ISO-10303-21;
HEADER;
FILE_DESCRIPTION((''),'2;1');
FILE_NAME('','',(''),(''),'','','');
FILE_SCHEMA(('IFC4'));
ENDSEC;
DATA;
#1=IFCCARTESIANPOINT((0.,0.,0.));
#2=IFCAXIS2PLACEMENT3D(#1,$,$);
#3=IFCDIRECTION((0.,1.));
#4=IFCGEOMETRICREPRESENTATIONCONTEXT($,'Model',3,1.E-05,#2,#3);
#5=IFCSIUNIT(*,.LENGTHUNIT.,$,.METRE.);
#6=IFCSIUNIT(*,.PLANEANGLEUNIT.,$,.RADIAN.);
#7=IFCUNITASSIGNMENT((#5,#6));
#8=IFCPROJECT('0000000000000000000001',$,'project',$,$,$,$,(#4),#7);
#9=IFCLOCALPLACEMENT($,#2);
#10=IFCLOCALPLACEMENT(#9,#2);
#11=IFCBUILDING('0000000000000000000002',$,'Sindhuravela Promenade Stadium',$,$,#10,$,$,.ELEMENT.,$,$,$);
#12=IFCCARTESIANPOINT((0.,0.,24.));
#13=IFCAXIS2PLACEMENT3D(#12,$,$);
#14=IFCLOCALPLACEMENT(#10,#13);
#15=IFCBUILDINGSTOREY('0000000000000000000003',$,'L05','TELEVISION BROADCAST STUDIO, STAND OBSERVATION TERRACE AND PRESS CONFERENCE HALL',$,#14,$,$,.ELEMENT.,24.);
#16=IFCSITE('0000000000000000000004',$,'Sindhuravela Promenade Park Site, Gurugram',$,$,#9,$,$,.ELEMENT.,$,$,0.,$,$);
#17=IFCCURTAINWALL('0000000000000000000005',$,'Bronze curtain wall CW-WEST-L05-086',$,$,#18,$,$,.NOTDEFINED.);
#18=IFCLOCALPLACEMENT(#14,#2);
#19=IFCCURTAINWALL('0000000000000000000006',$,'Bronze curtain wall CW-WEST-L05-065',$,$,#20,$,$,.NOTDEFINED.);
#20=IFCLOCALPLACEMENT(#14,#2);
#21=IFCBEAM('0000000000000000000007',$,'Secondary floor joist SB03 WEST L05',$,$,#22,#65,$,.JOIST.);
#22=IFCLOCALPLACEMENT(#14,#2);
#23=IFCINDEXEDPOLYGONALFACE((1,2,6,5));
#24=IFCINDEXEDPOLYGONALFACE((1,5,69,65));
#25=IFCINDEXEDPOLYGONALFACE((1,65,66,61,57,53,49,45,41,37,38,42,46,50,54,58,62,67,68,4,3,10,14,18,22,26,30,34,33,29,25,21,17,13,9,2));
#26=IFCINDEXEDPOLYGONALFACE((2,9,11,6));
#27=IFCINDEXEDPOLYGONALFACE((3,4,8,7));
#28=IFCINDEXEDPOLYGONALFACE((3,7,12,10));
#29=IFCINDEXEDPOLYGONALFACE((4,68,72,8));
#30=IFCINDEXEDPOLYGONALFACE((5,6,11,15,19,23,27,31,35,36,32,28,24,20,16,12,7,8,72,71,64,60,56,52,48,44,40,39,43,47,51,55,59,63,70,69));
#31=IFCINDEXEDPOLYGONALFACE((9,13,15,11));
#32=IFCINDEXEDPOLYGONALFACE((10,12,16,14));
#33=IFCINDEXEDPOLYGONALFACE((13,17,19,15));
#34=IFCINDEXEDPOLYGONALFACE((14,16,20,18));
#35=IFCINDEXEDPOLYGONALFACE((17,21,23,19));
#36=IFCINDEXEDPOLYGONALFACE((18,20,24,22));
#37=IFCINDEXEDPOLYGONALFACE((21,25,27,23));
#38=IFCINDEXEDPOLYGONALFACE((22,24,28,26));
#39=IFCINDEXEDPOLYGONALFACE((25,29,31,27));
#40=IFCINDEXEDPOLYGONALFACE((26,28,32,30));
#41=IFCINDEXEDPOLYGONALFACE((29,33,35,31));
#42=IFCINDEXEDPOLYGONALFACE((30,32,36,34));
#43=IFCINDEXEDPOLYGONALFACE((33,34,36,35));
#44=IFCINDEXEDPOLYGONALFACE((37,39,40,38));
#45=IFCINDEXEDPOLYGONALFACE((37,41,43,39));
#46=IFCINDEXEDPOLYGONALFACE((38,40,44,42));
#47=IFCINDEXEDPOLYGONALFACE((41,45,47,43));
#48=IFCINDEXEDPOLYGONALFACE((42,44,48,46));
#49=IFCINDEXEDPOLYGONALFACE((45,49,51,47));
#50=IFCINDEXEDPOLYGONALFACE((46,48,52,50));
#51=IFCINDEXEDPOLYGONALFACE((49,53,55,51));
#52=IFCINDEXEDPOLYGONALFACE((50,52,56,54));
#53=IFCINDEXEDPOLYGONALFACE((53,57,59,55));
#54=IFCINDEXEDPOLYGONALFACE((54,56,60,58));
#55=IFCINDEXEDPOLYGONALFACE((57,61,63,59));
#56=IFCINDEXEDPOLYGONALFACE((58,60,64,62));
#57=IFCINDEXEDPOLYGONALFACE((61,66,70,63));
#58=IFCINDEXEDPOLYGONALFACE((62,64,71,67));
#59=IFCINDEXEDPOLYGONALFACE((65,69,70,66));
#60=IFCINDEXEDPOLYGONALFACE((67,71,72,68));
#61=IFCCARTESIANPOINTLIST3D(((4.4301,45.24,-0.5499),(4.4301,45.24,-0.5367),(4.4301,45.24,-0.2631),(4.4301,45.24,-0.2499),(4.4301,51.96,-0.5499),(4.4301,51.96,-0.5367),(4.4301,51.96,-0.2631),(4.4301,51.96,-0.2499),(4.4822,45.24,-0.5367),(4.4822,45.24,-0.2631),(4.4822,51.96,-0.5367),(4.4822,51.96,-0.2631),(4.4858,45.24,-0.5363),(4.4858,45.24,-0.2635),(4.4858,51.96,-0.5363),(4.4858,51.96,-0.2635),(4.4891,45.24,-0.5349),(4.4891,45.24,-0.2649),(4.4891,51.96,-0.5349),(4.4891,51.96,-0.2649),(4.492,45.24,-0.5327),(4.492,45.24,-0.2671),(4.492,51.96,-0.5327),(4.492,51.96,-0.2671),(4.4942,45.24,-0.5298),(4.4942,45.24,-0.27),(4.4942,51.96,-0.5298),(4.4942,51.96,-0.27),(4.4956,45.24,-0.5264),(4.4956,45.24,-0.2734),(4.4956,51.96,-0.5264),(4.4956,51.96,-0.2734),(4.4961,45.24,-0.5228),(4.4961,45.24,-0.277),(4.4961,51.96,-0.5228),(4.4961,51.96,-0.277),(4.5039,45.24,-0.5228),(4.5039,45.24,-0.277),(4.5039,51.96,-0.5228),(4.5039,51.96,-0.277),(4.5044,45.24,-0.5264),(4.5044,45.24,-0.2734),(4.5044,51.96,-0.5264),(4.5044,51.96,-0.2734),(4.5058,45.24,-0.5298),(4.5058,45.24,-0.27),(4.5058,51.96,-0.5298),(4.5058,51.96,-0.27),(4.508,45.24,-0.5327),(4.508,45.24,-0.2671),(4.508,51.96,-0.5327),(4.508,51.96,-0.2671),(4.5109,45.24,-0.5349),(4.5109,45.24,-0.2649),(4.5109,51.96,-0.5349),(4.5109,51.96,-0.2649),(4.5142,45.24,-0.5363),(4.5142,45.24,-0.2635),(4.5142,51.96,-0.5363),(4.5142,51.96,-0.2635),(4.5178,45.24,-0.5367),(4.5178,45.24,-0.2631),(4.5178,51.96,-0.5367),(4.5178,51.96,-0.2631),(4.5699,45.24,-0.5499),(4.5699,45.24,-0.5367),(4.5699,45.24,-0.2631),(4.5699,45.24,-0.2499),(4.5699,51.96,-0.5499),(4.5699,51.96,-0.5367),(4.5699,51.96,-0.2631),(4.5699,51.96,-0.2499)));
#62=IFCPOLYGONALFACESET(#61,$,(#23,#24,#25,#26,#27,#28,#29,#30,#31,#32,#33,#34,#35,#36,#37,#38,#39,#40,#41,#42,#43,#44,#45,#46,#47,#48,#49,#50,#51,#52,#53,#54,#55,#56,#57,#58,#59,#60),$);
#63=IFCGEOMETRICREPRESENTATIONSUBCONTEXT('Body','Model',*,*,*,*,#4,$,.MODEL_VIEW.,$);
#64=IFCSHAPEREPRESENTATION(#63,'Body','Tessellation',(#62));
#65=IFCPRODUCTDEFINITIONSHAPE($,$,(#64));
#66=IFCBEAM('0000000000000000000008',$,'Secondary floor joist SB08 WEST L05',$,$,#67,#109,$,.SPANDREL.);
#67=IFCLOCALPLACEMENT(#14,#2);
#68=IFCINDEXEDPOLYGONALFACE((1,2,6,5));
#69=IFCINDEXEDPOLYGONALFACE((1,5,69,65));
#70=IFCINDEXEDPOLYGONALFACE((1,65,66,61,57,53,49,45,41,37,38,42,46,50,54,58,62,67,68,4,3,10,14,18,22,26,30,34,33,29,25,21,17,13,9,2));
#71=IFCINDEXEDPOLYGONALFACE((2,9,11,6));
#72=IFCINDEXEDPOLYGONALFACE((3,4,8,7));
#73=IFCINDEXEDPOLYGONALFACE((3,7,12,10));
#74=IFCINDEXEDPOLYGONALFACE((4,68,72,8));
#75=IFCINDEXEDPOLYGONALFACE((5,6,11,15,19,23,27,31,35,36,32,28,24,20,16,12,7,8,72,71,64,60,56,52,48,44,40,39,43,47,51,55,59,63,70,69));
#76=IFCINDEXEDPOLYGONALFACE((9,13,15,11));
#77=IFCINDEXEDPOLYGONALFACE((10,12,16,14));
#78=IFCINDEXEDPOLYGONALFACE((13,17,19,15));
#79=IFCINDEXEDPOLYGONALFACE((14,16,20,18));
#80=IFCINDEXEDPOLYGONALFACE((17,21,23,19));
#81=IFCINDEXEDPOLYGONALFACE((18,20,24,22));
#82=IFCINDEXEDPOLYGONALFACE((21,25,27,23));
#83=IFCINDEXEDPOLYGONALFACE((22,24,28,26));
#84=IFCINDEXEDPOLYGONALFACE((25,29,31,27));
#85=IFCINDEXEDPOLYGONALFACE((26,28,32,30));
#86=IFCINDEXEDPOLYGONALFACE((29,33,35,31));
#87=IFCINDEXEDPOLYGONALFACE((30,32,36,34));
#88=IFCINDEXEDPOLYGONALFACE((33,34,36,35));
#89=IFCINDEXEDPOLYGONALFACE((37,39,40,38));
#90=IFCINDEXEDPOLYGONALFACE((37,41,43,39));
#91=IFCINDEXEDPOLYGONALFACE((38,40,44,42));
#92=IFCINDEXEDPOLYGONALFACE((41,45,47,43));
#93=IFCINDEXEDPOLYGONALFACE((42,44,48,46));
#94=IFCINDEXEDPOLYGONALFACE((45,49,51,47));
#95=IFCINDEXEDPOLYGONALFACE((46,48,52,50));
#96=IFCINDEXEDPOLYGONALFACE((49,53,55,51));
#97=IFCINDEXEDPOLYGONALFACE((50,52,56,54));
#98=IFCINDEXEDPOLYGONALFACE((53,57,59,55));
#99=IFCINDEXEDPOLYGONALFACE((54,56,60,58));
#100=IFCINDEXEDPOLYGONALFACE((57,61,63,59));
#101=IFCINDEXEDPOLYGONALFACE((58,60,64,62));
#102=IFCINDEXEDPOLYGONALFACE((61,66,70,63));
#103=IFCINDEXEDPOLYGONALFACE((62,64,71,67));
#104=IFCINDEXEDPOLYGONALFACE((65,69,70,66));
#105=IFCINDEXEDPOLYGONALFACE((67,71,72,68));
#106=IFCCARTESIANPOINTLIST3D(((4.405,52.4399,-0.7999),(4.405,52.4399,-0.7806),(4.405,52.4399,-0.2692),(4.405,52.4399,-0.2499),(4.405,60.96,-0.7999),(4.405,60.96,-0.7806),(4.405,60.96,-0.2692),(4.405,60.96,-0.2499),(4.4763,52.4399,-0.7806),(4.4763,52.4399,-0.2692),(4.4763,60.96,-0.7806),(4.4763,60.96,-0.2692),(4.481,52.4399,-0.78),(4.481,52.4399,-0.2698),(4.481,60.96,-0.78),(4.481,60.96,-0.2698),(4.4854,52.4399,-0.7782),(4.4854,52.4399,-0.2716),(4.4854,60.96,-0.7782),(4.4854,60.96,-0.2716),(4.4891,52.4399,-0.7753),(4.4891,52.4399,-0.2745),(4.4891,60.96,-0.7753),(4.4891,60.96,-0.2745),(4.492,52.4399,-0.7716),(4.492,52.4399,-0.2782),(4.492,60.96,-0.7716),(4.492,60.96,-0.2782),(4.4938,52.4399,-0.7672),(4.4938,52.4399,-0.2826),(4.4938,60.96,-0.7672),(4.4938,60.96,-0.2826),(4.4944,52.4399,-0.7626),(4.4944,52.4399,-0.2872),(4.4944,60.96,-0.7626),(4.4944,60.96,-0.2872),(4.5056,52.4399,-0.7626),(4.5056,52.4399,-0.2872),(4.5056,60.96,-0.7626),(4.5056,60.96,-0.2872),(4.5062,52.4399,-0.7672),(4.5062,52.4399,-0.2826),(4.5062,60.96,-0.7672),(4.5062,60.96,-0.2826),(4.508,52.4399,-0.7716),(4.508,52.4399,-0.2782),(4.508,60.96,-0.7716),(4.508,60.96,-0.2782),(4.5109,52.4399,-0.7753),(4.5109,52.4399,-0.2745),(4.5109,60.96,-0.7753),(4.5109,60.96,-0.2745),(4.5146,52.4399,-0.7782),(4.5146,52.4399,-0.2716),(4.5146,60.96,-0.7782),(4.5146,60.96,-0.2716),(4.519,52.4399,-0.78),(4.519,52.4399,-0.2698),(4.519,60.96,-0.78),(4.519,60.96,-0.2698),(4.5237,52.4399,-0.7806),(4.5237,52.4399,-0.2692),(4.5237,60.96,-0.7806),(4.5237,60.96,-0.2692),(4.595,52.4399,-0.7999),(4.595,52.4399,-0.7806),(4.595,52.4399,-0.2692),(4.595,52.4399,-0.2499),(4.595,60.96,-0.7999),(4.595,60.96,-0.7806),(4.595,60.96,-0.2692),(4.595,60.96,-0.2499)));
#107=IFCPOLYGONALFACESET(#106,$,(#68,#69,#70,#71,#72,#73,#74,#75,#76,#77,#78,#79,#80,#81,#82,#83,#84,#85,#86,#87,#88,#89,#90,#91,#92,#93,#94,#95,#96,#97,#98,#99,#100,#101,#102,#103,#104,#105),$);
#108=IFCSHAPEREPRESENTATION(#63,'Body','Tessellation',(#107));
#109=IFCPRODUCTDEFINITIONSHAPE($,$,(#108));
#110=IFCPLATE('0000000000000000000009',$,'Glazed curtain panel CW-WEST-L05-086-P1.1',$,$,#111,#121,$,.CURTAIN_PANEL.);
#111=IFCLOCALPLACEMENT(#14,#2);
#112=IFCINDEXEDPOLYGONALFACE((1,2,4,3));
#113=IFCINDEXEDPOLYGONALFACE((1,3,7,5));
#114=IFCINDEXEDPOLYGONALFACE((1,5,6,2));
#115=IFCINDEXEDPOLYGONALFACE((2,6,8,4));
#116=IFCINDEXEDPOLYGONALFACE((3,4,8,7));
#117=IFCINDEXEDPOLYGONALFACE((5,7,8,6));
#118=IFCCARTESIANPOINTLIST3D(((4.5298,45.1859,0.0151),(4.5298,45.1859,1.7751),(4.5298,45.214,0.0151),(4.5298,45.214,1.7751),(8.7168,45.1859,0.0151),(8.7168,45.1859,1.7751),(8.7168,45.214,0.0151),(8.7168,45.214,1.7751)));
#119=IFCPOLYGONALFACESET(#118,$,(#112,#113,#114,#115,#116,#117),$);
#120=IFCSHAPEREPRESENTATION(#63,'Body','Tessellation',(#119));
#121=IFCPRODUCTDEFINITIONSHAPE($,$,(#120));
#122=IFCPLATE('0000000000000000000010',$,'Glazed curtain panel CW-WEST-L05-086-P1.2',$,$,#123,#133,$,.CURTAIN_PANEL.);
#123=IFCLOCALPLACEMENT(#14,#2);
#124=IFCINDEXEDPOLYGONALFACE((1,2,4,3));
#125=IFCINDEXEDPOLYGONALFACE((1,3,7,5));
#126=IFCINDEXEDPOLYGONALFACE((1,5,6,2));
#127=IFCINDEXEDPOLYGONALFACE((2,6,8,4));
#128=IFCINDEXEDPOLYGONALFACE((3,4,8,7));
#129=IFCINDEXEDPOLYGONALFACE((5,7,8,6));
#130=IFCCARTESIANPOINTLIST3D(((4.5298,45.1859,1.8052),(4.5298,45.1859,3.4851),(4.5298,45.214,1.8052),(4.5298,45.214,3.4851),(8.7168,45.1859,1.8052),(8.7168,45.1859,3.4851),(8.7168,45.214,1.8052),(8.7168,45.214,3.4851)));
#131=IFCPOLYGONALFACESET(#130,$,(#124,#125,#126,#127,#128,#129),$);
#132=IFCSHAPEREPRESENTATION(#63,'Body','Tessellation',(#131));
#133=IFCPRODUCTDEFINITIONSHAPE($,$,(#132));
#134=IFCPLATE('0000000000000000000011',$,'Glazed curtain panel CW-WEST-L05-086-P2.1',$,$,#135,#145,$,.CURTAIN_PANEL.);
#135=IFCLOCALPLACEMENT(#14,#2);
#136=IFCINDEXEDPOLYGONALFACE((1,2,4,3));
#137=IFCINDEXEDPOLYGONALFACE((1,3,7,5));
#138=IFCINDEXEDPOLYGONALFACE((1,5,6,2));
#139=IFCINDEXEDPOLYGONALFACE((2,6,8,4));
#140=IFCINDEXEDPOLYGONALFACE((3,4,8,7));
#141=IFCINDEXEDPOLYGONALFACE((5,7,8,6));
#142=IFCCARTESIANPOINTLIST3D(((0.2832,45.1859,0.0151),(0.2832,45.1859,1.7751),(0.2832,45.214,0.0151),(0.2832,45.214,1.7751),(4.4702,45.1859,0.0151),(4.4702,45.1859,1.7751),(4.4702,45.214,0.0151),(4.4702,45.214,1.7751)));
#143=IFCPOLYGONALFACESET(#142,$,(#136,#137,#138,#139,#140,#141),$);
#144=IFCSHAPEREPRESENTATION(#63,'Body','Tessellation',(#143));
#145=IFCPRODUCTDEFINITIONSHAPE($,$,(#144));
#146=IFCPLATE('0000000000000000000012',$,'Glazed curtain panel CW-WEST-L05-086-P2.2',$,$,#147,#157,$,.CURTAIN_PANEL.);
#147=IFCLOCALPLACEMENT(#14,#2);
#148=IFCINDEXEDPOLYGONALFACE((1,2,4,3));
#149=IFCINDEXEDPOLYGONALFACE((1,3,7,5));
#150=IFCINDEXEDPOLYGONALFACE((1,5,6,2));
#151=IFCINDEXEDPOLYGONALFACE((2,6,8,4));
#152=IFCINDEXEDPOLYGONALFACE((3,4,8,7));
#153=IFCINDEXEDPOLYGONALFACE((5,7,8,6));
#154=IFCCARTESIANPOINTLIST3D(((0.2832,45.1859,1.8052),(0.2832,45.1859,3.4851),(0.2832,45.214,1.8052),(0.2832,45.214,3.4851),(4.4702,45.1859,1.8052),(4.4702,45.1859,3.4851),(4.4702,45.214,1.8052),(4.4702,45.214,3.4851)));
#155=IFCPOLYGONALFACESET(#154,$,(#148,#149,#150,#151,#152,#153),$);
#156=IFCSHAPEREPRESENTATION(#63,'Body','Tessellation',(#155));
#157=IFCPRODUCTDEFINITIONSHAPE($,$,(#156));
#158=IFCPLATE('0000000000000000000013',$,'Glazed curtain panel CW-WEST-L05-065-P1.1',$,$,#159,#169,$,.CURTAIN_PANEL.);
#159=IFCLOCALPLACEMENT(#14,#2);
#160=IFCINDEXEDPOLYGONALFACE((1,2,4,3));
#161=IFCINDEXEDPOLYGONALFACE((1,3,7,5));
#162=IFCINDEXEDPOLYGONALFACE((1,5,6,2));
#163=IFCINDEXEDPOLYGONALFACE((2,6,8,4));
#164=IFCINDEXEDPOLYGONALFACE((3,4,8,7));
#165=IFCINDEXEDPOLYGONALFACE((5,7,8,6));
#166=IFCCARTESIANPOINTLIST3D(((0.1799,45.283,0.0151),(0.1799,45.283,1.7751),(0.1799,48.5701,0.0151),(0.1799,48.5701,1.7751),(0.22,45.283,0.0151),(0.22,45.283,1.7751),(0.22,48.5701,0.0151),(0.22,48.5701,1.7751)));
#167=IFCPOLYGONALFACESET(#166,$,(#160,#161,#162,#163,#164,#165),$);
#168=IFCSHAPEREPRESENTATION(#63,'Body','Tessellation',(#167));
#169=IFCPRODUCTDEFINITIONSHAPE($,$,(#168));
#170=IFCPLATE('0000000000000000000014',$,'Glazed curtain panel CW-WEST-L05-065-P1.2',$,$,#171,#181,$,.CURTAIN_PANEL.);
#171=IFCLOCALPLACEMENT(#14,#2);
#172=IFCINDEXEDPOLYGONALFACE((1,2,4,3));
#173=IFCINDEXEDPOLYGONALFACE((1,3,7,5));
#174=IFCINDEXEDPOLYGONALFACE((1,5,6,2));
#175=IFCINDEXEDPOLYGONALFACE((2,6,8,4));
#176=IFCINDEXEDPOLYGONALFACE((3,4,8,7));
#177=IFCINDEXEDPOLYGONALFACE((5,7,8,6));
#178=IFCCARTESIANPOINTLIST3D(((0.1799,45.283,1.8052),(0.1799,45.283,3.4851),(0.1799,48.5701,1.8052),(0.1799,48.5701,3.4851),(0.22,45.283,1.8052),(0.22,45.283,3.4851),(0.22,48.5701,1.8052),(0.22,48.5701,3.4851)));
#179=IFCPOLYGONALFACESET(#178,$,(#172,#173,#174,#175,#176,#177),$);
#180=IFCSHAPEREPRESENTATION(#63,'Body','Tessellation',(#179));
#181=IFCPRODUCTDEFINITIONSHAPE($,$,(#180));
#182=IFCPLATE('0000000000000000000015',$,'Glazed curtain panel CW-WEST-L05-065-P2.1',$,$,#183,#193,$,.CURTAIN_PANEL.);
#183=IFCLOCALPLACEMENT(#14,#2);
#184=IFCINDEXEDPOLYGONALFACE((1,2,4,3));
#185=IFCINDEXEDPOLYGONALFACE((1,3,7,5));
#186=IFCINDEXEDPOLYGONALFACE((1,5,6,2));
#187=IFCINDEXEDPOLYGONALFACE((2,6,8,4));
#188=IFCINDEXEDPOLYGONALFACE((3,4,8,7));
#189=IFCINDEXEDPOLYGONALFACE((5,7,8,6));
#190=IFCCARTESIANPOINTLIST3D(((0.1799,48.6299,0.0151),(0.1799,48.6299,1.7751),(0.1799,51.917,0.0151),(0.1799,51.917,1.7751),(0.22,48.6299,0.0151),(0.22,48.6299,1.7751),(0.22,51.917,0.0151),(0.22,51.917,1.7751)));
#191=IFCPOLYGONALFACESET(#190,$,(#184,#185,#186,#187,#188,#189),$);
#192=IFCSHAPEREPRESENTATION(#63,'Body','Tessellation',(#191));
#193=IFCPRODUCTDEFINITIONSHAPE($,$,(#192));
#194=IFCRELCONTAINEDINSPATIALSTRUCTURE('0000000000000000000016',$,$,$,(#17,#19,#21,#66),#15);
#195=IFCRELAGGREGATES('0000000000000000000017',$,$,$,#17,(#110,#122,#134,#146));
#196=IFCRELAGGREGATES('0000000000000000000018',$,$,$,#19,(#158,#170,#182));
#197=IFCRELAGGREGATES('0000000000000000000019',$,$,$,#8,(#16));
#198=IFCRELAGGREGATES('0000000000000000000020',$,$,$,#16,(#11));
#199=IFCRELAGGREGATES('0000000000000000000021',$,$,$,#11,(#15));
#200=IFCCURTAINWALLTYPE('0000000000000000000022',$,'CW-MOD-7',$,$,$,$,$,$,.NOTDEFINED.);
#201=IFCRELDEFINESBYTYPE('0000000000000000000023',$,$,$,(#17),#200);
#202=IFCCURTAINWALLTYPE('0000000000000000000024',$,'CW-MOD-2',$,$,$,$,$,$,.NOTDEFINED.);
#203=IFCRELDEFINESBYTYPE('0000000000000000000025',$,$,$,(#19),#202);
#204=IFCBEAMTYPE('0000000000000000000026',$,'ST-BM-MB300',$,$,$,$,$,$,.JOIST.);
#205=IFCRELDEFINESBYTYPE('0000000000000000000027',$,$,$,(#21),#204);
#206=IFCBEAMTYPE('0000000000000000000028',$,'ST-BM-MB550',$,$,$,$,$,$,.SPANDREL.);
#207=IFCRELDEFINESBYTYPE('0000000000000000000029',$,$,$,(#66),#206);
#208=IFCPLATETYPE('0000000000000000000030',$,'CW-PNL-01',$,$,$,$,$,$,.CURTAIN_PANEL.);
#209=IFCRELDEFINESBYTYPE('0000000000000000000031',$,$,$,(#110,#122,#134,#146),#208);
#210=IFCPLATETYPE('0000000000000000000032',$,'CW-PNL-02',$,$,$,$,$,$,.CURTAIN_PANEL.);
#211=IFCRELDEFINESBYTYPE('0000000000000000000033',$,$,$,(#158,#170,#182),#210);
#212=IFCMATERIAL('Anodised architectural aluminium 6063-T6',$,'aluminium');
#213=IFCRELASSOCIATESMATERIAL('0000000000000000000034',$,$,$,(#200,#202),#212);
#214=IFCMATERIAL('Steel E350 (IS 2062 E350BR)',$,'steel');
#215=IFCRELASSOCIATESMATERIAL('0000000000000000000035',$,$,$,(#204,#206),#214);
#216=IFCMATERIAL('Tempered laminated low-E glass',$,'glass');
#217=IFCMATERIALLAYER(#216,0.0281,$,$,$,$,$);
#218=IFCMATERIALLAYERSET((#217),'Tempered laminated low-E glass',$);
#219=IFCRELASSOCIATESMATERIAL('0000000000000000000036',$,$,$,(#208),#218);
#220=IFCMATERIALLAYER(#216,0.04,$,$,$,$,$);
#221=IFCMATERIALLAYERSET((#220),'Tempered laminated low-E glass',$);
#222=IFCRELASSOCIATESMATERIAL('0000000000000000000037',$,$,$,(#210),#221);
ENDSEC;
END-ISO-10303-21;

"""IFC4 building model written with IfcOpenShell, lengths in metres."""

from ifc_helpers import new_model, si_unit, direction, frame, origin, origin_2d, place, context, subcontext, project, spatial, rectangle, i_section, extrude, material, layer, layer_set, material_profile, profile_set, type_object, element, aggregate, save


model = new_model("IFC4")

# Units and contexts
model_context = context("Model", 3, precision=1e-05, world=origin(), true_north=direction((0.0, 1.0)))
body_context = subcontext(model_context, "Body", "Model", "MODEL_VIEW")
ifc_project = project(units=[si_unit("LENGTHUNIT", "METRE"), si_unit("PLANEANGLEUNIT", "RADIAN")], contexts=[model_context])

# Site, building, storey
site_placement = place(None, origin())
site = spatial("IfcSite", under=ifc_project, at=site_placement, Name="Sindhuravela Promenade Park Site, Gurugram", CompositionType="ELEMENT", RefElevation=0.0)
building_placement = place(site_placement, origin())
building = spatial("IfcBuilding", under=site, at=building_placement, Name="Sindhuravela Promenade Stadium", CompositionType="ELEMENT")
storey_placement = place(building_placement, frame((0.0, 0.0, 24.0)))
storey = spatial("IfcBuildingStorey", under=building, at=storey_placement, Name="L05", Description="TELEVISION BROADCAST STUDIO, STAND OBSERVATION TERRACE AND PRESS CONFERENCE HALL", CompositionType="ELEMENT", Elevation=24.0)

# Shared definitions
ifc_material_1 = material(Name="Steel E350 (IS 2062 E350BR)", Category="steel")

# Shared definitions
ifc_material_2 = material(Name="Anodised architectural aluminium 6063-T6", Category="aluminium")

# Curtain walls
curtain_wall_type_1 = type_object("IfcCurtainWallType", Name="CW-MOD-7", PredefinedType="NOTDEFINED", material=ifc_material_2)
curtain_wall_1_placement = place(storey_placement, origin())
curtain_wall_1 = element("IfcCurtainWall", 1, at=curtain_wall_1_placement, inside=storey, type_object=curtain_wall_type_1, Name="Bronze curtain wall CW-WEST-L05-086", PredefinedType="NOTDEFINED")
curtain_wall_type_2 = type_object("IfcCurtainWallType", Name="CW-MOD-2", PredefinedType="NOTDEFINED", material=ifc_material_2)
curtain_wall_2_placement = place(storey_placement, origin())
curtain_wall_2 = element("IfcCurtainWall", 2, at=curtain_wall_2_placement, inside=storey, type_object=curtain_wall_type_2, Name="Bronze curtain wall CW-WEST-L05-065", PredefinedType="NOTDEFINED")

# Beams
ifc_material_profile_1 = material_profile(ifc_material_1, i_section(OverallWidth=0.1399, OverallDepth=0.3, WebThickness=0.0078, FlangeThickness=0.0132, FilletRadius=0.0139, at=origin_2d()), Name="ISMB 300")
ifc_profile_set_1 = profile_set([ifc_material_profile_1], Name="Steel E350 (IS 2062 E350BR)")
beam_type_1 = type_object("IfcBeamType", Name="ST-BM-MB300", PredefinedType="JOIST", material=ifc_profile_set_1)
beam_1_placement = place(storey_placement, frame((4.5, 45.24, -0.3999), z_axis=(0.0, 1.0, 0.0), x_axis=(-1.0, 0.0, 0.0)))
element("IfcBeam", 3, at=beam_1_placement, inside=storey, type_object=beam_type_1, Name="Secondary floor joist SB03 WEST L05", PredefinedType="JOIST", context=body_context, shape_type="SweptSolid", body=[
    extrude(i_section(OverallWidth=0.1399, OverallDepth=0.3, WebThickness=0.0078, FlangeThickness=0.0132, FilletRadius=0.0139, at=origin_2d()), origin(), (0.0, 0.0, 1.0), 6.72),
])
ifc_material_profile_2 = material_profile(ifc_material_1, i_section(OverallWidth=0.1899, OverallDepth=0.55, WebThickness=0.0112, FlangeThickness=0.0193, FilletRadius=0.0181, at=origin_2d()), Name="ISMB 550")
ifc_profile_set_2 = profile_set([ifc_material_profile_2], Name="Steel E350 (IS 2062 E350BR)")
beam_type_2 = type_object("IfcBeamType", Name="ST-BM-MB550", PredefinedType="SPANDREL", material=ifc_profile_set_2)
beam_2_placement = place(storey_placement, frame((4.5, 52.4399, -0.5249), z_axis=(0.0, 1.0, 0.0), x_axis=(-1.0, 0.0, 0.0)))
element("IfcBeam", 4, at=beam_2_placement, inside=storey, type_object=beam_type_2, Name="Secondary floor joist SB08 WEST L05", PredefinedType="SPANDREL", context=body_context, shape_type="SweptSolid", body=[
    extrude(i_section(OverallWidth=0.1899, OverallDepth=0.55, WebThickness=0.0112, FlangeThickness=0.0193, FilletRadius=0.0181, at=origin_2d()), origin(), (0.0, 0.0, 1.0), 8.52),
])

# Plates
ifc_material_3 = material(Name="Tempered laminated low-E glass", Category="glass")
ifc_layer_1 = layer(ifc_material_3, 0.0281)
ifc_layer_set_1 = layer_set([ifc_layer_1], Name="Tempered laminated low-E glass")
plate_type_1 = type_object("IfcPlateType", Name="CW-PNL-01", PredefinedType="CURTAIN_PANEL", material=ifc_layer_set_1)
plate_1_placement = place(storey_placement, frame((6.6233, 45.2, 0.0151), z_axis=(0.0, 0.0, 1.0), x_axis=(-1.0, 0.0, 0.0)))
plate_1 = element("IfcPlate", 5, at=plate_1_placement, type_object=plate_type_1, Name="Glazed curtain panel CW-WEST-L05-086-P1.1", PredefinedType="CURTAIN_PANEL", context=body_context, shape_type="SweptSolid", body=[
    extrude(rectangle(XDim=4.187, YDim=0.0281, at=origin_2d()), origin(), (0.0, 0.0, 1.0), 1.76),
])
plate_2_placement = place(storey_placement, frame((6.6233, 45.2, 1.8052), z_axis=(0.0, 0.0, 1.0), x_axis=(-1.0, 0.0, 0.0)))
plate_2 = element("IfcPlate", 6, at=plate_2_placement, type_object=plate_type_1, Name="Glazed curtain panel CW-WEST-L05-086-P1.2", PredefinedType="CURTAIN_PANEL", context=body_context, shape_type="SweptSolid", body=[
    extrude(rectangle(XDim=4.187, YDim=0.0281, at=origin_2d()), origin(), (0.0, 0.0, 1.0), 1.6799),
])
plate_3_placement = place(storey_placement, frame((2.3767, 45.2, 0.0151), z_axis=(0.0, 0.0, 1.0), x_axis=(-1.0, 0.0, 0.0)))
plate_3 = element("IfcPlate", 7, at=plate_3_placement, type_object=plate_type_1, Name="Glazed curtain panel CW-WEST-L05-086-P2.1", PredefinedType="CURTAIN_PANEL", context=body_context, shape_type="SweptSolid", body=[
    extrude(rectangle(XDim=4.187, YDim=0.0281, at=origin_2d()), origin(), (0.0, 0.0, 1.0), 1.76),
])
plate_4_placement = place(storey_placement, frame((2.3767, 45.2, 1.8052), z_axis=(0.0, 0.0, 1.0), x_axis=(-1.0, 0.0, 0.0)))
plate_4 = element("IfcPlate", 8, at=plate_4_placement, type_object=plate_type_1, Name="Glazed curtain panel CW-WEST-L05-086-P2.2", PredefinedType="CURTAIN_PANEL", context=body_context, shape_type="SweptSolid", body=[
    extrude(rectangle(XDim=4.187, YDim=0.0281, at=origin_2d()), origin(), (0.0, 0.0, 1.0), 1.6799),
])
aggregate(curtain_wall_1, [plate_1, plate_2, plate_3, plate_4])
ifc_layer_2 = layer(ifc_material_3, 0.04)
ifc_layer_set_2 = layer_set([ifc_layer_2], Name="Tempered laminated low-E glass")
plate_type_2 = type_object("IfcPlateType", Name="CW-PNL-02", PredefinedType="CURTAIN_PANEL", material=ifc_layer_set_2)
plate_5_placement = place(storey_placement, frame((0.2, 46.9265, 0.0151), z_axis=(0.0, 0.0, 1.0), x_axis=(0.0, 1.0, 0.0)))
plate_5 = element("IfcPlate", 9, at=plate_5_placement, type_object=plate_type_2, Name="Glazed curtain panel CW-WEST-L05-065-P1.1", PredefinedType="CURTAIN_PANEL", context=body_context, shape_type="SweptSolid", body=[
    extrude(rectangle(XDim=3.2871, YDim=0.04, at=origin_2d()), origin(), (0.0, 0.0, 1.0), 1.76),
])
plate_6_placement = place(storey_placement, frame((0.2, 46.9265, 1.8052), z_axis=(0.0, 0.0, 1.0), x_axis=(0.0, 1.0, 0.0)))
plate_6 = element("IfcPlate", 10, at=plate_6_placement, type_object=plate_type_2, Name="Glazed curtain panel CW-WEST-L05-065-P1.2", PredefinedType="CURTAIN_PANEL", context=body_context, shape_type="SweptSolid", body=[
    extrude(rectangle(XDim=3.2871, YDim=0.04, at=origin_2d()), origin(), (0.0, 0.0, 1.0), 1.6799),
])
plate_7_placement = place(storey_placement, frame((0.2, 50.2734, 0.0151), z_axis=(0.0, 0.0, 1.0), x_axis=(0.0, 1.0, 0.0)))
plate_7 = element("IfcPlate", 11, at=plate_7_placement, type_object=plate_type_2, Name="Glazed curtain panel CW-WEST-L05-065-P2.1", PredefinedType="CURTAIN_PANEL", context=body_context, shape_type="SweptSolid", body=[
    extrude(rectangle(XDim=3.2871, YDim=0.04, at=origin_2d()), origin(), (0.0, 0.0, 1.0), 1.76),
])
aggregate(curtain_wall_2, [plate_5, plate_6, plate_7])

save(model, "model.ifc")
